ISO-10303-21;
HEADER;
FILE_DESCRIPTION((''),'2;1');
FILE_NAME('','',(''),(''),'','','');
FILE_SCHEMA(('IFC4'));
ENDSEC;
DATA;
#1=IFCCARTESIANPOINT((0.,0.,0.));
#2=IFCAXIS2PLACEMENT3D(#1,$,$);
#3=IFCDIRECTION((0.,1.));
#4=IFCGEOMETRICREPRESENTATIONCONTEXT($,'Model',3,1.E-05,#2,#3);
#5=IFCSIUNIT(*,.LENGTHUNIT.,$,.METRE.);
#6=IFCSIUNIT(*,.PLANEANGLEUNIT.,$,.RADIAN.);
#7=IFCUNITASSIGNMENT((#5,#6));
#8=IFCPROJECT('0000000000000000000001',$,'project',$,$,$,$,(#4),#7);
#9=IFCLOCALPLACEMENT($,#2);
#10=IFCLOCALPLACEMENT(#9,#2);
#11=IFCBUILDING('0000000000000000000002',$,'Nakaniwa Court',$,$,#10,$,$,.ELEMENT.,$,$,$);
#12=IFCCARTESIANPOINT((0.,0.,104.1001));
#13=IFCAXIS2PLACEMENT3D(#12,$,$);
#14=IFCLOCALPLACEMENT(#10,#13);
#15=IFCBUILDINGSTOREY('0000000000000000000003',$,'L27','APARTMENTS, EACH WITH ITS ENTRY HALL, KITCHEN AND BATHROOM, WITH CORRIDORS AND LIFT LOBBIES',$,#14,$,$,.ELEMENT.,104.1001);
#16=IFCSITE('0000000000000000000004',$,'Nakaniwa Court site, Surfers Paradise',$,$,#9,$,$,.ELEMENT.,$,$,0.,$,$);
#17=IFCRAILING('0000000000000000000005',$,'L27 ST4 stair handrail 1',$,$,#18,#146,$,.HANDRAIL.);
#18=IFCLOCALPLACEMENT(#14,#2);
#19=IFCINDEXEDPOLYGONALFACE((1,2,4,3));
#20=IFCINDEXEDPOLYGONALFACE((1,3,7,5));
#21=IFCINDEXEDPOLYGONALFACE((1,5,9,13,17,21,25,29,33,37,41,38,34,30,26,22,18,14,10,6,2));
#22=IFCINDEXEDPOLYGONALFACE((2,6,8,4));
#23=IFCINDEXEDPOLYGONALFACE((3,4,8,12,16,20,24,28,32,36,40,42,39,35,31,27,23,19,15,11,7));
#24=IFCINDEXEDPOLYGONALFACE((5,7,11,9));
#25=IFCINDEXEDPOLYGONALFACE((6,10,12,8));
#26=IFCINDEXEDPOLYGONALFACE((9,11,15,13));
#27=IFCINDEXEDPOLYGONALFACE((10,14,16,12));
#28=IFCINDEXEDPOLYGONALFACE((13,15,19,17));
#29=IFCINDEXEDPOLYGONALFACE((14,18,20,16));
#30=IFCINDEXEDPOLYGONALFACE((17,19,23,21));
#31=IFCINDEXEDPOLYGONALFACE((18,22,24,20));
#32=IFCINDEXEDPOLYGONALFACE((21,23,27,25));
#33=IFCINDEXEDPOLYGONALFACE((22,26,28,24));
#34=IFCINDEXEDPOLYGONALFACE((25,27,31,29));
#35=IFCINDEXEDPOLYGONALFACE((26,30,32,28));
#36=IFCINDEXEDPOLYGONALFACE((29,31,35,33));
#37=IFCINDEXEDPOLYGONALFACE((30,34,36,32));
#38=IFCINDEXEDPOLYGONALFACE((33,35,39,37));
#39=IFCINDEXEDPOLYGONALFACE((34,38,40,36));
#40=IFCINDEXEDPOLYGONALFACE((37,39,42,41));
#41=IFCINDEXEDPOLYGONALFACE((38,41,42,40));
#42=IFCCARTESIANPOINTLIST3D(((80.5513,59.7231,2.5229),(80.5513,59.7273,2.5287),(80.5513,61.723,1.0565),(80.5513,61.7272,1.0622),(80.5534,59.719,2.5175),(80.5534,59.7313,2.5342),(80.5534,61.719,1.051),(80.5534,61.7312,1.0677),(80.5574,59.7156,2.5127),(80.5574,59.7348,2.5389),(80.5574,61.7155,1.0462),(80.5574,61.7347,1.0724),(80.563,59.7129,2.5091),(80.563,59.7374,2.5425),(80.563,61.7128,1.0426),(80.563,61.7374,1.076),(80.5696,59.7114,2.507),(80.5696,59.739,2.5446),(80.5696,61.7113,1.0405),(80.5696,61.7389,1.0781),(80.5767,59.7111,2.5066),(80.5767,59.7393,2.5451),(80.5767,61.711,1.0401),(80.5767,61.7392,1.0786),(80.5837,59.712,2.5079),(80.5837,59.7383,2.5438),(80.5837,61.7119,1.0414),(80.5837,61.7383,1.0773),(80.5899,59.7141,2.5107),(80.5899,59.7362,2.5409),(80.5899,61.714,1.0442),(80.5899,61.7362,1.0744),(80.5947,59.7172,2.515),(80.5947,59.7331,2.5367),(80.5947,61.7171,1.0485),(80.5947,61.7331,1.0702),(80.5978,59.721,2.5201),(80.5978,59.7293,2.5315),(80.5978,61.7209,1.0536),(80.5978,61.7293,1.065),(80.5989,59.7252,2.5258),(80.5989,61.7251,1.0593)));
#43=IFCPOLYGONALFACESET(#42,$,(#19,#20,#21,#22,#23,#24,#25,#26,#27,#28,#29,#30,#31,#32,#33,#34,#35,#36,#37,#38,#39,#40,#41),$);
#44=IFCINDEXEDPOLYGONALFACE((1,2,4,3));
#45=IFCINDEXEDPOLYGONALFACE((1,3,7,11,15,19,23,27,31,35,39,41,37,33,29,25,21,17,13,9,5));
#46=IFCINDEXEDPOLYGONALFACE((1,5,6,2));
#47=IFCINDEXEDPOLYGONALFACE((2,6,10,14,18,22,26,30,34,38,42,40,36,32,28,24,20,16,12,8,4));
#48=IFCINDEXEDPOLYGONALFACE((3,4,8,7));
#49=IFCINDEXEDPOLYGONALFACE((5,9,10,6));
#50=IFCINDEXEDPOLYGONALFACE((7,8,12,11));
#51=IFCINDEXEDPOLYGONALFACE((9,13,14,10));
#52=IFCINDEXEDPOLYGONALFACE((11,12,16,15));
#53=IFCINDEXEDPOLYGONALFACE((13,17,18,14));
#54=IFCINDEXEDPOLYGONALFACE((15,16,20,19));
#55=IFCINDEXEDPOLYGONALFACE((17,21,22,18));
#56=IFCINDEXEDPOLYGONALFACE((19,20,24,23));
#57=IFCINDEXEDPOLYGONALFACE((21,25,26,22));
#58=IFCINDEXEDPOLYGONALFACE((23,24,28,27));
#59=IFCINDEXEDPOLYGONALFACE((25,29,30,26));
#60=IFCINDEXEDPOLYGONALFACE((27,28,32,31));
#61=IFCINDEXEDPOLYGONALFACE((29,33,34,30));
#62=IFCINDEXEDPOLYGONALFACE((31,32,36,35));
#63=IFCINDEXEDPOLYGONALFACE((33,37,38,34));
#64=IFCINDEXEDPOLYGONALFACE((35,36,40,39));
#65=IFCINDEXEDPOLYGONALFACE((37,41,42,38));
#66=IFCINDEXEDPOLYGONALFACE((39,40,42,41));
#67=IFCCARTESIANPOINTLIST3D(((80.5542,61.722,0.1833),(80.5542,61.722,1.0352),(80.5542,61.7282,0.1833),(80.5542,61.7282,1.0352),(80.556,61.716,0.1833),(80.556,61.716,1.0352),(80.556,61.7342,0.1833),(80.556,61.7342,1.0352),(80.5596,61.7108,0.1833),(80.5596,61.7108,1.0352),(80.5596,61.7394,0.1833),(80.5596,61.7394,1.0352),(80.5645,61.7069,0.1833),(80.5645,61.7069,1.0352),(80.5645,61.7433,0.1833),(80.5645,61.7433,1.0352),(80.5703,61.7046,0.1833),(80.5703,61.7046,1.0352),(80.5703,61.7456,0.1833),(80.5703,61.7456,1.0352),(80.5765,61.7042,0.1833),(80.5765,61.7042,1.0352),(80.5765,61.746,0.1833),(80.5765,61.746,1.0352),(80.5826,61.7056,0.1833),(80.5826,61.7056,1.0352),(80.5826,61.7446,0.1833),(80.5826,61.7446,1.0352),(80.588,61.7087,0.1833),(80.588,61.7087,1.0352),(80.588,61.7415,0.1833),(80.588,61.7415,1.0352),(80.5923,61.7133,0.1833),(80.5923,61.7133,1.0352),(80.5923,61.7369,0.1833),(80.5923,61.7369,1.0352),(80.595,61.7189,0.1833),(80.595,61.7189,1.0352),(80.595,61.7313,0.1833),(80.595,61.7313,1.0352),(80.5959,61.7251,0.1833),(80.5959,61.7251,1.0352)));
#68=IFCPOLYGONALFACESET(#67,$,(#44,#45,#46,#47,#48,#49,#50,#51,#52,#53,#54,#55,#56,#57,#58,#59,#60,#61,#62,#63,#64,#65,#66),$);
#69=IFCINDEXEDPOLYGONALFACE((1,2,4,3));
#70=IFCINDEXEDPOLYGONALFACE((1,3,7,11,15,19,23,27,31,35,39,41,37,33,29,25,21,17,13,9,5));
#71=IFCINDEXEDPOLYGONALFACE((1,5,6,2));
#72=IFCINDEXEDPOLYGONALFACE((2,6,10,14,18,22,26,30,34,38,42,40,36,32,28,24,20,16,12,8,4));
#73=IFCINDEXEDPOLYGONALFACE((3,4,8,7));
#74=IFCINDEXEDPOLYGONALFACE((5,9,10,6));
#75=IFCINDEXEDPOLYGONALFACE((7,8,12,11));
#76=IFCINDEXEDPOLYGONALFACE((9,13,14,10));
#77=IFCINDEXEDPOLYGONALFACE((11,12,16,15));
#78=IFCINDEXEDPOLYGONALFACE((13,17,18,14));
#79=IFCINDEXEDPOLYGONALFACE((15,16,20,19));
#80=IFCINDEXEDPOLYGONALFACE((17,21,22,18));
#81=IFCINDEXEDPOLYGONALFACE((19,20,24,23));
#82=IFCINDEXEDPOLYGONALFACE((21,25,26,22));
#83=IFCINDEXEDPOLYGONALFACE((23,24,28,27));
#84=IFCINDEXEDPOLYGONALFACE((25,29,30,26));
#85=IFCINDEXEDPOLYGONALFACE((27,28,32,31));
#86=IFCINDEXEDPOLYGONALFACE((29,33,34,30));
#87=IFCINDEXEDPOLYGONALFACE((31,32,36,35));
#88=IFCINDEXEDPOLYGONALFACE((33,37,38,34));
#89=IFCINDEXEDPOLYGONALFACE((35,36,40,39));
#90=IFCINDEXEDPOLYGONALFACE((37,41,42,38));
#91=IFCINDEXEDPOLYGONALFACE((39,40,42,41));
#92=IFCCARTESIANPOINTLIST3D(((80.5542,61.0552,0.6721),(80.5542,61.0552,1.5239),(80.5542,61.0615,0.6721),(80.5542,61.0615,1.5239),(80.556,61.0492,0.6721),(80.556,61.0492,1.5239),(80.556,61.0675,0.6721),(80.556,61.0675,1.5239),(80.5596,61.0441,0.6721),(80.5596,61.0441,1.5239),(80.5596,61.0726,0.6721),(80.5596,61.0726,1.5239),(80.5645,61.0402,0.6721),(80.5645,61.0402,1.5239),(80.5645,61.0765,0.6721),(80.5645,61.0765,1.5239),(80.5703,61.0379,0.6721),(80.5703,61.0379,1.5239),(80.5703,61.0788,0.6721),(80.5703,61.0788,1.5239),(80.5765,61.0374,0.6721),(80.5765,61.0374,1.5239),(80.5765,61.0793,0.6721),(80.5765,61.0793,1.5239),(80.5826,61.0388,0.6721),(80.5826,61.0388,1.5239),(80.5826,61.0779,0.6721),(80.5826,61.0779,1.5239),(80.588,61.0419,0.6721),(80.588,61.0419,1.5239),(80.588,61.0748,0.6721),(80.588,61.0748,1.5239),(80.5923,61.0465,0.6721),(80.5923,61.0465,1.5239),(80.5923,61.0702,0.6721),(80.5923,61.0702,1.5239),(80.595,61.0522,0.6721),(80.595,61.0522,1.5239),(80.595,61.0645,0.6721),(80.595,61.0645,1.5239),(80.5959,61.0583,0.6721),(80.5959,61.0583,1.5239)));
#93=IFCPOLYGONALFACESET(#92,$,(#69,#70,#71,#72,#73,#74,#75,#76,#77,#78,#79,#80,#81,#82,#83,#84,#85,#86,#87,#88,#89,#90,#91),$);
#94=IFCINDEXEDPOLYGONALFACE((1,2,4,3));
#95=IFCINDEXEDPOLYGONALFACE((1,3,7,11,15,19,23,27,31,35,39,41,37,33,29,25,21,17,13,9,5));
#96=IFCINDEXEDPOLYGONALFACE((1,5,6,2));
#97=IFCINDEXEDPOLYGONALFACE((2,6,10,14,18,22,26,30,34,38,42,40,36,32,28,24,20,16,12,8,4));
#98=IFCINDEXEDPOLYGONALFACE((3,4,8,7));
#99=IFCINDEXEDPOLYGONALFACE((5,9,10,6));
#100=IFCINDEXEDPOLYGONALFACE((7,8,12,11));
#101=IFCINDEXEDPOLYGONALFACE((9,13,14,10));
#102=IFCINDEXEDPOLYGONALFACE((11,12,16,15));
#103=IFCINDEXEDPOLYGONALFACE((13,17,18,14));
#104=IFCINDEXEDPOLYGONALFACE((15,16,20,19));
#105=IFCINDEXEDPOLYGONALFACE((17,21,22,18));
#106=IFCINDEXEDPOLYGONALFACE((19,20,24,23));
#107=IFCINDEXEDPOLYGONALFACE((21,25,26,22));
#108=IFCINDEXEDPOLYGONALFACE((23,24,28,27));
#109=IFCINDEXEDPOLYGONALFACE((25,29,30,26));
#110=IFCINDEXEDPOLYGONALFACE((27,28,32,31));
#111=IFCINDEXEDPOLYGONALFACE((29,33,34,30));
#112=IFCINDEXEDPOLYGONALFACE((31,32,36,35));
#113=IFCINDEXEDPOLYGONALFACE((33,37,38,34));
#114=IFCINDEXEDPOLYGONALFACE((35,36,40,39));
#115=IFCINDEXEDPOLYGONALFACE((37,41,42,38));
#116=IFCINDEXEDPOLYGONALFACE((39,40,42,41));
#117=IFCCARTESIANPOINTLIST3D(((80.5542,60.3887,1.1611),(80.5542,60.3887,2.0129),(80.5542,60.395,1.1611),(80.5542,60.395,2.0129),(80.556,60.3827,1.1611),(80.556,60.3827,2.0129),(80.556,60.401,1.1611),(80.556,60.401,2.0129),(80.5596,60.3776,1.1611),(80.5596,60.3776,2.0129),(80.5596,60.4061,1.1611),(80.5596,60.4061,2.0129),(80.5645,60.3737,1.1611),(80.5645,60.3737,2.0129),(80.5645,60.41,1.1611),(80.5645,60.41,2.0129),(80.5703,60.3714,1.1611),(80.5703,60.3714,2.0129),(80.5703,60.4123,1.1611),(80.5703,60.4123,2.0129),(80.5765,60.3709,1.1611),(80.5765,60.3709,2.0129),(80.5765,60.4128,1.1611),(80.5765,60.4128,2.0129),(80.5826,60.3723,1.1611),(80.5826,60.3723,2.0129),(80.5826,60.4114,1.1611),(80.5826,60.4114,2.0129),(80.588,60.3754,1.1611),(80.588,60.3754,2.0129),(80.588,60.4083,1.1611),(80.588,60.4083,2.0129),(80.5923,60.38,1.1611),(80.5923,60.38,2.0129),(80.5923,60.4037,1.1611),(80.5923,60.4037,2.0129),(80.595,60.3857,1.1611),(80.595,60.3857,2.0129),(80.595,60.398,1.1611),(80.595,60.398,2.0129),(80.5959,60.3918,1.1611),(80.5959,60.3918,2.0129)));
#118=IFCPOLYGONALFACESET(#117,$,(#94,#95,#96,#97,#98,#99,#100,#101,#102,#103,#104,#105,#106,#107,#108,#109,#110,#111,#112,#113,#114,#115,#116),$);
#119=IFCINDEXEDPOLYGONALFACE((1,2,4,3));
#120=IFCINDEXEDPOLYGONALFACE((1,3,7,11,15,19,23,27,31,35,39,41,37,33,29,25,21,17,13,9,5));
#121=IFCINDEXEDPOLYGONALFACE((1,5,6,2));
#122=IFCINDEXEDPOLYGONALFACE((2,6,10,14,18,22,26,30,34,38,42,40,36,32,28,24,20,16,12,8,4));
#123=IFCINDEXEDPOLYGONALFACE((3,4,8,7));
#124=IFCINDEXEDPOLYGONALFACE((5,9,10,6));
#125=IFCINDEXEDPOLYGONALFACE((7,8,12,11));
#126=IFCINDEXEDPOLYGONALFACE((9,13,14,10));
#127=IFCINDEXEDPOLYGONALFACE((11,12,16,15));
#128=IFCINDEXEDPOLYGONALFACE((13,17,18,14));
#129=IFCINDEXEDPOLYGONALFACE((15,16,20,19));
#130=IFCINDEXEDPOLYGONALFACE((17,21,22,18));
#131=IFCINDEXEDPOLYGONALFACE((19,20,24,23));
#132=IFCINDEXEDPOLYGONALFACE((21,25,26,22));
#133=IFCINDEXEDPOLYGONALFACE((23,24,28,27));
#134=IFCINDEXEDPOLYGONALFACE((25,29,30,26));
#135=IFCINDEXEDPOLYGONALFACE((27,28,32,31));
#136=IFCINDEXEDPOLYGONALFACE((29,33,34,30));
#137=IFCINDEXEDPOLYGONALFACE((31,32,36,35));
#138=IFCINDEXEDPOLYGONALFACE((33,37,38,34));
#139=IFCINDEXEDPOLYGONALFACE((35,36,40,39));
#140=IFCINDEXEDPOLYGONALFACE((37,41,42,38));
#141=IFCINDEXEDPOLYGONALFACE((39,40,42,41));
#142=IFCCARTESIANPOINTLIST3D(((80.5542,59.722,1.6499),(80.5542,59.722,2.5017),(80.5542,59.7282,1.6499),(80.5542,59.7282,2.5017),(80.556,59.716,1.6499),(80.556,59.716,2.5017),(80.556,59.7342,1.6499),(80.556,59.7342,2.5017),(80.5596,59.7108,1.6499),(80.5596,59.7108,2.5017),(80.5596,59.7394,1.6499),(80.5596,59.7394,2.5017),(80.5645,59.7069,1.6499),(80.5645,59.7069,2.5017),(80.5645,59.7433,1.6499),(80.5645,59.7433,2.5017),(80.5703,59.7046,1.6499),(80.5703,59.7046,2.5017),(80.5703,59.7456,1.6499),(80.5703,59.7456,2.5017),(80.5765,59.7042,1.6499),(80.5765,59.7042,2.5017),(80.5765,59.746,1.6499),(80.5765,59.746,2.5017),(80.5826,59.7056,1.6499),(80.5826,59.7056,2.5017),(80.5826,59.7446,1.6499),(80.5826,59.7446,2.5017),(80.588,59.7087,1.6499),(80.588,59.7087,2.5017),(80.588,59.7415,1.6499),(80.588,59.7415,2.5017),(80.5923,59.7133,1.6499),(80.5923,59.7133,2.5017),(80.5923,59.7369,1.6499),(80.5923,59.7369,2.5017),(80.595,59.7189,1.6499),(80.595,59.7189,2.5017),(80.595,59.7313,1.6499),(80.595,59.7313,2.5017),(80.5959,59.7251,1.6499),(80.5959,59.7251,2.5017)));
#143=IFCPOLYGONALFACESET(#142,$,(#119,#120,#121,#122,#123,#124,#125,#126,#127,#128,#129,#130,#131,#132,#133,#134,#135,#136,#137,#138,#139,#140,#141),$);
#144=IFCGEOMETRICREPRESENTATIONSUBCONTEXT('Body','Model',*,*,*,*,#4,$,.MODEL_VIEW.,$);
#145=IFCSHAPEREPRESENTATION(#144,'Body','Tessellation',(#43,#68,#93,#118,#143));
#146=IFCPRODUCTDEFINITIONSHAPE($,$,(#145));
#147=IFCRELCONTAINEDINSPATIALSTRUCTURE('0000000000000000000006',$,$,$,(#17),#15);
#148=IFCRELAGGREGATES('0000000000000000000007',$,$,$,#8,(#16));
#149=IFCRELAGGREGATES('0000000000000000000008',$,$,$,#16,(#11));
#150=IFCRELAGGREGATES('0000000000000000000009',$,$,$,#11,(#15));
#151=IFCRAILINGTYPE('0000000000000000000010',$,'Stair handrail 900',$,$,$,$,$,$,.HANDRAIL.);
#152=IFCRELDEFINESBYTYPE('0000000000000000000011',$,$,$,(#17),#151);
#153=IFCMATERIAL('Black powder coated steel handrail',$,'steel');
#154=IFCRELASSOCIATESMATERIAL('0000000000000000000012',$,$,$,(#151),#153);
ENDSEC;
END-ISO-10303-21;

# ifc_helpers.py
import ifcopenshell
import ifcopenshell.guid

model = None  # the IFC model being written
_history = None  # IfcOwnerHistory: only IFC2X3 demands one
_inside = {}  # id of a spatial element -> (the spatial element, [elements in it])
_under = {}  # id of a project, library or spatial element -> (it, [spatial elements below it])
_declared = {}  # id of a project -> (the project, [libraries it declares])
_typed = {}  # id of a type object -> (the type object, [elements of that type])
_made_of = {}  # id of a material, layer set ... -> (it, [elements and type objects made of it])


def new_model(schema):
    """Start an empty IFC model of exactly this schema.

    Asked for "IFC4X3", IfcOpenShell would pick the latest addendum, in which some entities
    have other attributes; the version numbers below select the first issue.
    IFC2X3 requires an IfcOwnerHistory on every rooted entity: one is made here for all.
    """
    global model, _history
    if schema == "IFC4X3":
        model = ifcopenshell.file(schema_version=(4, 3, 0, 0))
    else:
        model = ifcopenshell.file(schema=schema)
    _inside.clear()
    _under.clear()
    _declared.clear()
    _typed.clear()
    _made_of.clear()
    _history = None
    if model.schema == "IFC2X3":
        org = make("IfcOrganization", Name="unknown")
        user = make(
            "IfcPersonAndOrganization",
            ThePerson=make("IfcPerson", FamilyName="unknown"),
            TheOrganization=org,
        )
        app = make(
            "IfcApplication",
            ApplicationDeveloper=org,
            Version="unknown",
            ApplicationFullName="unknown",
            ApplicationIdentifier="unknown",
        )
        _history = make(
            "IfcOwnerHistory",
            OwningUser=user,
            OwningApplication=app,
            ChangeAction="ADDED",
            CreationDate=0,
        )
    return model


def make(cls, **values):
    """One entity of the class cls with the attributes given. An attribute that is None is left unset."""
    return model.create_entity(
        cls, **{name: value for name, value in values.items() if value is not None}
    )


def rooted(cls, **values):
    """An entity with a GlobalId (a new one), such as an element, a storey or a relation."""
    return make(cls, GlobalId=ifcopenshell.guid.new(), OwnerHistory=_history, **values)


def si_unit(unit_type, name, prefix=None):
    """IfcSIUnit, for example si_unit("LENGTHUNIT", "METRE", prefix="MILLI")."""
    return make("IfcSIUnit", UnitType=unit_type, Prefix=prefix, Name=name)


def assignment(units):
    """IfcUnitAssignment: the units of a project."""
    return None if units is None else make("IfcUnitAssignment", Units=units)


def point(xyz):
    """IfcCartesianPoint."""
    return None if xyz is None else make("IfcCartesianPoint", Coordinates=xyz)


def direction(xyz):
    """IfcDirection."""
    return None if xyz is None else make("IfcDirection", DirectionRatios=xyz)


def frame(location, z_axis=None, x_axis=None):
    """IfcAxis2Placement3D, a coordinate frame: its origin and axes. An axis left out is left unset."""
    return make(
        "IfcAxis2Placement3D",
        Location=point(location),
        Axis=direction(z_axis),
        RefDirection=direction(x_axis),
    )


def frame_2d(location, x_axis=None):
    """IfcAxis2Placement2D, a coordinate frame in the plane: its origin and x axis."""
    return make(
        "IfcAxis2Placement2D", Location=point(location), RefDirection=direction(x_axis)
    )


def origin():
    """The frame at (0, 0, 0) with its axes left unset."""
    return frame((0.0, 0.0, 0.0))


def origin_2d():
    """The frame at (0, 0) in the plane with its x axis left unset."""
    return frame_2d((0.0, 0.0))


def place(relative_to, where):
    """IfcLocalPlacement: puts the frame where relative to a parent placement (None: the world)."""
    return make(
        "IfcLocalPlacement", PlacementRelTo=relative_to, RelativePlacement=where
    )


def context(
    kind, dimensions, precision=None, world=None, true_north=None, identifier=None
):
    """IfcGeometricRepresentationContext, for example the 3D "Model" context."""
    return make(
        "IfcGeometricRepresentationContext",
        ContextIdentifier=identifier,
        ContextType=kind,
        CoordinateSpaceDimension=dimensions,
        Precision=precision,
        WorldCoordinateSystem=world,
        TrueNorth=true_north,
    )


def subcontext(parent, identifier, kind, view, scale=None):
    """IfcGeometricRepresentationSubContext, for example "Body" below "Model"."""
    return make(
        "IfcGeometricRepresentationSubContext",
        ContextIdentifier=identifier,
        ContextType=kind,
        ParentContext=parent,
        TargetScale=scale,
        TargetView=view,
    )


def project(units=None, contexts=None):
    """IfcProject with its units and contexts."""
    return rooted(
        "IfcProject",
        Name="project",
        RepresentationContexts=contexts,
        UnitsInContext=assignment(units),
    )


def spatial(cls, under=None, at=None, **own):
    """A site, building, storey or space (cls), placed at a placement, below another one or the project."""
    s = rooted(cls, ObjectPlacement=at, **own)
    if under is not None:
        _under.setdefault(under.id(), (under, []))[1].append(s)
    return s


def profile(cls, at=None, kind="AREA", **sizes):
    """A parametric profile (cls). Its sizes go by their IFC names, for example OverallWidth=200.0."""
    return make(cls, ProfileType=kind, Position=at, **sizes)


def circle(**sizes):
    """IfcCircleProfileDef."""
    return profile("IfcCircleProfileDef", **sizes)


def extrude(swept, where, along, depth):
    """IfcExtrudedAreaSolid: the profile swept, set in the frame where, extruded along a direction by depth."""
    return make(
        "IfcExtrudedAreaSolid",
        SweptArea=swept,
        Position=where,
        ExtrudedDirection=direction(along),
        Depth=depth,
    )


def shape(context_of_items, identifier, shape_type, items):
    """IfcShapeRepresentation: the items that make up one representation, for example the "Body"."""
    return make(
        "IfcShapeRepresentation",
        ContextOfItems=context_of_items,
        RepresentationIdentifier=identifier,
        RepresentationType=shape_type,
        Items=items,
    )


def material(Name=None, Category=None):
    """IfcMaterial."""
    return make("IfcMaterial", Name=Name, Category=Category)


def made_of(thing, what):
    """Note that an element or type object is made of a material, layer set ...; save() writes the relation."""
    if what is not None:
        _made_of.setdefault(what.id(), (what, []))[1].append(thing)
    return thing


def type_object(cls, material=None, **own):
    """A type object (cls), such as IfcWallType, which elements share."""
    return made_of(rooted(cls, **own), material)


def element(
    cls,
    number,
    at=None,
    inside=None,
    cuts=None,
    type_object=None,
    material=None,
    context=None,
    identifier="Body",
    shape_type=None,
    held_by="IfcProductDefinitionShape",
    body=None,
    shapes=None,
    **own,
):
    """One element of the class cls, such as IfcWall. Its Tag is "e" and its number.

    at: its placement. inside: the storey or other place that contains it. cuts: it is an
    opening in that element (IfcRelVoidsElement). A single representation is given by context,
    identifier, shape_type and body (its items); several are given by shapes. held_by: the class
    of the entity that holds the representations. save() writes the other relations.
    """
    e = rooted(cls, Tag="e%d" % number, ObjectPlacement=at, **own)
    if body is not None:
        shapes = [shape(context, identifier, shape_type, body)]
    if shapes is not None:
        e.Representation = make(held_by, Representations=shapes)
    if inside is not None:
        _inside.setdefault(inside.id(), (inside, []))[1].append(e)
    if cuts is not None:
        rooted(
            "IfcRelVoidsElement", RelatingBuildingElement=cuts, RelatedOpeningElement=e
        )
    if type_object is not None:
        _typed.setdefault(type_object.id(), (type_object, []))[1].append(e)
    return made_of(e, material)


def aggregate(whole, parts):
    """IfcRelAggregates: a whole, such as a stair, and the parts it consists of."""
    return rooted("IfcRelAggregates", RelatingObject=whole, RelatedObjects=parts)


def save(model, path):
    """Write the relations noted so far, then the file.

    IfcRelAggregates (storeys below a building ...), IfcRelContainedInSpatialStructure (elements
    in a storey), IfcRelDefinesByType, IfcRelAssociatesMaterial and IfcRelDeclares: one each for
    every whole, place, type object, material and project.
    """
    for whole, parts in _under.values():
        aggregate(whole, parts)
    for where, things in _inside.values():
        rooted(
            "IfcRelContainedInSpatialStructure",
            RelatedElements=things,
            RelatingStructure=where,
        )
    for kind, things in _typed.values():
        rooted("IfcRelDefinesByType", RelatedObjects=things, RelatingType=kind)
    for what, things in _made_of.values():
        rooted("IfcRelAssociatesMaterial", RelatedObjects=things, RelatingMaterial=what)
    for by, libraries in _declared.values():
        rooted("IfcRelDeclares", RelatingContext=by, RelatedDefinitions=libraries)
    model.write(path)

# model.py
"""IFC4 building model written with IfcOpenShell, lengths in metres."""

from ifc_helpers import new_model, si_unit, direction, frame, origin, origin_2d, place, context, subcontext, project, spatial, circle, extrude, material, type_object, element, save


model = new_model("IFC4")

# Units and contexts
model_context = context("Model", 3, precision=1e-05, world=origin(), true_north=direction((0.0, 1.0)))
body_context = subcontext(model_context, "Body", "Model", "MODEL_VIEW")
ifc_project = project(units=[si_unit("LENGTHUNIT", "METRE"), si_unit("PLANEANGLEUNIT", "RADIAN")], contexts=[model_context])

# Site, building, storey
site_placement = place(None, origin())
site = spatial("IfcSite", under=ifc_project, at=site_placement, Name="Nakaniwa Court site, Surfers Paradise", CompositionType="ELEMENT", RefElevation=0.0)
building_placement = place(site_placement, origin())
building = spatial("IfcBuilding", under=site, at=building_placement, Name="Nakaniwa Court", CompositionType="ELEMENT")
storey_placement = place(building_placement, frame((0.0, 0.0, 104.1001)))
storey = spatial("IfcBuildingStorey", under=building, at=storey_placement, Name="L27", Description="APARTMENTS, EACH WITH ITS ENTRY HALL, KITCHEN AND BATHROOM, WITH CORRIDORS AND LIFT LOBBIES", CompositionType="ELEMENT", Elevation=104.1001)

# Railing
ifc_material_1 = material(Name="Black powder coated steel handrail", Category="steel")
railing_type_1 = type_object("IfcRailingType", Name="Stair handrail 900", PredefinedType="HANDRAIL", material=ifc_material_1)
railing_1_placement = place(storey_placement, frame((80.575, 61.7251, 0.1833)))
element("IfcRailing", 1, at=railing_1_placement, inside=storey, type_object=railing_type_1, Name="L27 ST4 stair handrail 1", PredefinedType="HANDRAIL", context=body_context, shape_type="SweptSolid", body=[
    extrude(circle(Radius=0.0239, at=origin_2d()), frame((0.0, 0.0, 0.876), z_axis=(0.0, -0.806427, 0.591334), x_axis=(1.0, 0.0, 0.0)), (0.0, 0.0, 1.0), 2.48),
    extrude(circle(Radius=0.021, at=origin_2d()), origin(), (0.0, 0.0, 1.0), 0.8518),
    extrude(circle(Radius=0.021, at=origin_2d()), frame((0.0, -0.6667, 0.4888)), (0.0, 0.0, 1.0), 0.8518),
    extrude(circle(Radius=0.021, at=origin_2d()), frame((0.0, -1.3333, 0.9778)), (0.0, 0.0, 1.0), 0.8518),
    extrude(circle(Radius=0.021, at=origin_2d()), frame((0.0, -2.0, 1.4666)), (0.0, 0.0, 1.0), 0.8518),
])

save(model, "model.ifc")
